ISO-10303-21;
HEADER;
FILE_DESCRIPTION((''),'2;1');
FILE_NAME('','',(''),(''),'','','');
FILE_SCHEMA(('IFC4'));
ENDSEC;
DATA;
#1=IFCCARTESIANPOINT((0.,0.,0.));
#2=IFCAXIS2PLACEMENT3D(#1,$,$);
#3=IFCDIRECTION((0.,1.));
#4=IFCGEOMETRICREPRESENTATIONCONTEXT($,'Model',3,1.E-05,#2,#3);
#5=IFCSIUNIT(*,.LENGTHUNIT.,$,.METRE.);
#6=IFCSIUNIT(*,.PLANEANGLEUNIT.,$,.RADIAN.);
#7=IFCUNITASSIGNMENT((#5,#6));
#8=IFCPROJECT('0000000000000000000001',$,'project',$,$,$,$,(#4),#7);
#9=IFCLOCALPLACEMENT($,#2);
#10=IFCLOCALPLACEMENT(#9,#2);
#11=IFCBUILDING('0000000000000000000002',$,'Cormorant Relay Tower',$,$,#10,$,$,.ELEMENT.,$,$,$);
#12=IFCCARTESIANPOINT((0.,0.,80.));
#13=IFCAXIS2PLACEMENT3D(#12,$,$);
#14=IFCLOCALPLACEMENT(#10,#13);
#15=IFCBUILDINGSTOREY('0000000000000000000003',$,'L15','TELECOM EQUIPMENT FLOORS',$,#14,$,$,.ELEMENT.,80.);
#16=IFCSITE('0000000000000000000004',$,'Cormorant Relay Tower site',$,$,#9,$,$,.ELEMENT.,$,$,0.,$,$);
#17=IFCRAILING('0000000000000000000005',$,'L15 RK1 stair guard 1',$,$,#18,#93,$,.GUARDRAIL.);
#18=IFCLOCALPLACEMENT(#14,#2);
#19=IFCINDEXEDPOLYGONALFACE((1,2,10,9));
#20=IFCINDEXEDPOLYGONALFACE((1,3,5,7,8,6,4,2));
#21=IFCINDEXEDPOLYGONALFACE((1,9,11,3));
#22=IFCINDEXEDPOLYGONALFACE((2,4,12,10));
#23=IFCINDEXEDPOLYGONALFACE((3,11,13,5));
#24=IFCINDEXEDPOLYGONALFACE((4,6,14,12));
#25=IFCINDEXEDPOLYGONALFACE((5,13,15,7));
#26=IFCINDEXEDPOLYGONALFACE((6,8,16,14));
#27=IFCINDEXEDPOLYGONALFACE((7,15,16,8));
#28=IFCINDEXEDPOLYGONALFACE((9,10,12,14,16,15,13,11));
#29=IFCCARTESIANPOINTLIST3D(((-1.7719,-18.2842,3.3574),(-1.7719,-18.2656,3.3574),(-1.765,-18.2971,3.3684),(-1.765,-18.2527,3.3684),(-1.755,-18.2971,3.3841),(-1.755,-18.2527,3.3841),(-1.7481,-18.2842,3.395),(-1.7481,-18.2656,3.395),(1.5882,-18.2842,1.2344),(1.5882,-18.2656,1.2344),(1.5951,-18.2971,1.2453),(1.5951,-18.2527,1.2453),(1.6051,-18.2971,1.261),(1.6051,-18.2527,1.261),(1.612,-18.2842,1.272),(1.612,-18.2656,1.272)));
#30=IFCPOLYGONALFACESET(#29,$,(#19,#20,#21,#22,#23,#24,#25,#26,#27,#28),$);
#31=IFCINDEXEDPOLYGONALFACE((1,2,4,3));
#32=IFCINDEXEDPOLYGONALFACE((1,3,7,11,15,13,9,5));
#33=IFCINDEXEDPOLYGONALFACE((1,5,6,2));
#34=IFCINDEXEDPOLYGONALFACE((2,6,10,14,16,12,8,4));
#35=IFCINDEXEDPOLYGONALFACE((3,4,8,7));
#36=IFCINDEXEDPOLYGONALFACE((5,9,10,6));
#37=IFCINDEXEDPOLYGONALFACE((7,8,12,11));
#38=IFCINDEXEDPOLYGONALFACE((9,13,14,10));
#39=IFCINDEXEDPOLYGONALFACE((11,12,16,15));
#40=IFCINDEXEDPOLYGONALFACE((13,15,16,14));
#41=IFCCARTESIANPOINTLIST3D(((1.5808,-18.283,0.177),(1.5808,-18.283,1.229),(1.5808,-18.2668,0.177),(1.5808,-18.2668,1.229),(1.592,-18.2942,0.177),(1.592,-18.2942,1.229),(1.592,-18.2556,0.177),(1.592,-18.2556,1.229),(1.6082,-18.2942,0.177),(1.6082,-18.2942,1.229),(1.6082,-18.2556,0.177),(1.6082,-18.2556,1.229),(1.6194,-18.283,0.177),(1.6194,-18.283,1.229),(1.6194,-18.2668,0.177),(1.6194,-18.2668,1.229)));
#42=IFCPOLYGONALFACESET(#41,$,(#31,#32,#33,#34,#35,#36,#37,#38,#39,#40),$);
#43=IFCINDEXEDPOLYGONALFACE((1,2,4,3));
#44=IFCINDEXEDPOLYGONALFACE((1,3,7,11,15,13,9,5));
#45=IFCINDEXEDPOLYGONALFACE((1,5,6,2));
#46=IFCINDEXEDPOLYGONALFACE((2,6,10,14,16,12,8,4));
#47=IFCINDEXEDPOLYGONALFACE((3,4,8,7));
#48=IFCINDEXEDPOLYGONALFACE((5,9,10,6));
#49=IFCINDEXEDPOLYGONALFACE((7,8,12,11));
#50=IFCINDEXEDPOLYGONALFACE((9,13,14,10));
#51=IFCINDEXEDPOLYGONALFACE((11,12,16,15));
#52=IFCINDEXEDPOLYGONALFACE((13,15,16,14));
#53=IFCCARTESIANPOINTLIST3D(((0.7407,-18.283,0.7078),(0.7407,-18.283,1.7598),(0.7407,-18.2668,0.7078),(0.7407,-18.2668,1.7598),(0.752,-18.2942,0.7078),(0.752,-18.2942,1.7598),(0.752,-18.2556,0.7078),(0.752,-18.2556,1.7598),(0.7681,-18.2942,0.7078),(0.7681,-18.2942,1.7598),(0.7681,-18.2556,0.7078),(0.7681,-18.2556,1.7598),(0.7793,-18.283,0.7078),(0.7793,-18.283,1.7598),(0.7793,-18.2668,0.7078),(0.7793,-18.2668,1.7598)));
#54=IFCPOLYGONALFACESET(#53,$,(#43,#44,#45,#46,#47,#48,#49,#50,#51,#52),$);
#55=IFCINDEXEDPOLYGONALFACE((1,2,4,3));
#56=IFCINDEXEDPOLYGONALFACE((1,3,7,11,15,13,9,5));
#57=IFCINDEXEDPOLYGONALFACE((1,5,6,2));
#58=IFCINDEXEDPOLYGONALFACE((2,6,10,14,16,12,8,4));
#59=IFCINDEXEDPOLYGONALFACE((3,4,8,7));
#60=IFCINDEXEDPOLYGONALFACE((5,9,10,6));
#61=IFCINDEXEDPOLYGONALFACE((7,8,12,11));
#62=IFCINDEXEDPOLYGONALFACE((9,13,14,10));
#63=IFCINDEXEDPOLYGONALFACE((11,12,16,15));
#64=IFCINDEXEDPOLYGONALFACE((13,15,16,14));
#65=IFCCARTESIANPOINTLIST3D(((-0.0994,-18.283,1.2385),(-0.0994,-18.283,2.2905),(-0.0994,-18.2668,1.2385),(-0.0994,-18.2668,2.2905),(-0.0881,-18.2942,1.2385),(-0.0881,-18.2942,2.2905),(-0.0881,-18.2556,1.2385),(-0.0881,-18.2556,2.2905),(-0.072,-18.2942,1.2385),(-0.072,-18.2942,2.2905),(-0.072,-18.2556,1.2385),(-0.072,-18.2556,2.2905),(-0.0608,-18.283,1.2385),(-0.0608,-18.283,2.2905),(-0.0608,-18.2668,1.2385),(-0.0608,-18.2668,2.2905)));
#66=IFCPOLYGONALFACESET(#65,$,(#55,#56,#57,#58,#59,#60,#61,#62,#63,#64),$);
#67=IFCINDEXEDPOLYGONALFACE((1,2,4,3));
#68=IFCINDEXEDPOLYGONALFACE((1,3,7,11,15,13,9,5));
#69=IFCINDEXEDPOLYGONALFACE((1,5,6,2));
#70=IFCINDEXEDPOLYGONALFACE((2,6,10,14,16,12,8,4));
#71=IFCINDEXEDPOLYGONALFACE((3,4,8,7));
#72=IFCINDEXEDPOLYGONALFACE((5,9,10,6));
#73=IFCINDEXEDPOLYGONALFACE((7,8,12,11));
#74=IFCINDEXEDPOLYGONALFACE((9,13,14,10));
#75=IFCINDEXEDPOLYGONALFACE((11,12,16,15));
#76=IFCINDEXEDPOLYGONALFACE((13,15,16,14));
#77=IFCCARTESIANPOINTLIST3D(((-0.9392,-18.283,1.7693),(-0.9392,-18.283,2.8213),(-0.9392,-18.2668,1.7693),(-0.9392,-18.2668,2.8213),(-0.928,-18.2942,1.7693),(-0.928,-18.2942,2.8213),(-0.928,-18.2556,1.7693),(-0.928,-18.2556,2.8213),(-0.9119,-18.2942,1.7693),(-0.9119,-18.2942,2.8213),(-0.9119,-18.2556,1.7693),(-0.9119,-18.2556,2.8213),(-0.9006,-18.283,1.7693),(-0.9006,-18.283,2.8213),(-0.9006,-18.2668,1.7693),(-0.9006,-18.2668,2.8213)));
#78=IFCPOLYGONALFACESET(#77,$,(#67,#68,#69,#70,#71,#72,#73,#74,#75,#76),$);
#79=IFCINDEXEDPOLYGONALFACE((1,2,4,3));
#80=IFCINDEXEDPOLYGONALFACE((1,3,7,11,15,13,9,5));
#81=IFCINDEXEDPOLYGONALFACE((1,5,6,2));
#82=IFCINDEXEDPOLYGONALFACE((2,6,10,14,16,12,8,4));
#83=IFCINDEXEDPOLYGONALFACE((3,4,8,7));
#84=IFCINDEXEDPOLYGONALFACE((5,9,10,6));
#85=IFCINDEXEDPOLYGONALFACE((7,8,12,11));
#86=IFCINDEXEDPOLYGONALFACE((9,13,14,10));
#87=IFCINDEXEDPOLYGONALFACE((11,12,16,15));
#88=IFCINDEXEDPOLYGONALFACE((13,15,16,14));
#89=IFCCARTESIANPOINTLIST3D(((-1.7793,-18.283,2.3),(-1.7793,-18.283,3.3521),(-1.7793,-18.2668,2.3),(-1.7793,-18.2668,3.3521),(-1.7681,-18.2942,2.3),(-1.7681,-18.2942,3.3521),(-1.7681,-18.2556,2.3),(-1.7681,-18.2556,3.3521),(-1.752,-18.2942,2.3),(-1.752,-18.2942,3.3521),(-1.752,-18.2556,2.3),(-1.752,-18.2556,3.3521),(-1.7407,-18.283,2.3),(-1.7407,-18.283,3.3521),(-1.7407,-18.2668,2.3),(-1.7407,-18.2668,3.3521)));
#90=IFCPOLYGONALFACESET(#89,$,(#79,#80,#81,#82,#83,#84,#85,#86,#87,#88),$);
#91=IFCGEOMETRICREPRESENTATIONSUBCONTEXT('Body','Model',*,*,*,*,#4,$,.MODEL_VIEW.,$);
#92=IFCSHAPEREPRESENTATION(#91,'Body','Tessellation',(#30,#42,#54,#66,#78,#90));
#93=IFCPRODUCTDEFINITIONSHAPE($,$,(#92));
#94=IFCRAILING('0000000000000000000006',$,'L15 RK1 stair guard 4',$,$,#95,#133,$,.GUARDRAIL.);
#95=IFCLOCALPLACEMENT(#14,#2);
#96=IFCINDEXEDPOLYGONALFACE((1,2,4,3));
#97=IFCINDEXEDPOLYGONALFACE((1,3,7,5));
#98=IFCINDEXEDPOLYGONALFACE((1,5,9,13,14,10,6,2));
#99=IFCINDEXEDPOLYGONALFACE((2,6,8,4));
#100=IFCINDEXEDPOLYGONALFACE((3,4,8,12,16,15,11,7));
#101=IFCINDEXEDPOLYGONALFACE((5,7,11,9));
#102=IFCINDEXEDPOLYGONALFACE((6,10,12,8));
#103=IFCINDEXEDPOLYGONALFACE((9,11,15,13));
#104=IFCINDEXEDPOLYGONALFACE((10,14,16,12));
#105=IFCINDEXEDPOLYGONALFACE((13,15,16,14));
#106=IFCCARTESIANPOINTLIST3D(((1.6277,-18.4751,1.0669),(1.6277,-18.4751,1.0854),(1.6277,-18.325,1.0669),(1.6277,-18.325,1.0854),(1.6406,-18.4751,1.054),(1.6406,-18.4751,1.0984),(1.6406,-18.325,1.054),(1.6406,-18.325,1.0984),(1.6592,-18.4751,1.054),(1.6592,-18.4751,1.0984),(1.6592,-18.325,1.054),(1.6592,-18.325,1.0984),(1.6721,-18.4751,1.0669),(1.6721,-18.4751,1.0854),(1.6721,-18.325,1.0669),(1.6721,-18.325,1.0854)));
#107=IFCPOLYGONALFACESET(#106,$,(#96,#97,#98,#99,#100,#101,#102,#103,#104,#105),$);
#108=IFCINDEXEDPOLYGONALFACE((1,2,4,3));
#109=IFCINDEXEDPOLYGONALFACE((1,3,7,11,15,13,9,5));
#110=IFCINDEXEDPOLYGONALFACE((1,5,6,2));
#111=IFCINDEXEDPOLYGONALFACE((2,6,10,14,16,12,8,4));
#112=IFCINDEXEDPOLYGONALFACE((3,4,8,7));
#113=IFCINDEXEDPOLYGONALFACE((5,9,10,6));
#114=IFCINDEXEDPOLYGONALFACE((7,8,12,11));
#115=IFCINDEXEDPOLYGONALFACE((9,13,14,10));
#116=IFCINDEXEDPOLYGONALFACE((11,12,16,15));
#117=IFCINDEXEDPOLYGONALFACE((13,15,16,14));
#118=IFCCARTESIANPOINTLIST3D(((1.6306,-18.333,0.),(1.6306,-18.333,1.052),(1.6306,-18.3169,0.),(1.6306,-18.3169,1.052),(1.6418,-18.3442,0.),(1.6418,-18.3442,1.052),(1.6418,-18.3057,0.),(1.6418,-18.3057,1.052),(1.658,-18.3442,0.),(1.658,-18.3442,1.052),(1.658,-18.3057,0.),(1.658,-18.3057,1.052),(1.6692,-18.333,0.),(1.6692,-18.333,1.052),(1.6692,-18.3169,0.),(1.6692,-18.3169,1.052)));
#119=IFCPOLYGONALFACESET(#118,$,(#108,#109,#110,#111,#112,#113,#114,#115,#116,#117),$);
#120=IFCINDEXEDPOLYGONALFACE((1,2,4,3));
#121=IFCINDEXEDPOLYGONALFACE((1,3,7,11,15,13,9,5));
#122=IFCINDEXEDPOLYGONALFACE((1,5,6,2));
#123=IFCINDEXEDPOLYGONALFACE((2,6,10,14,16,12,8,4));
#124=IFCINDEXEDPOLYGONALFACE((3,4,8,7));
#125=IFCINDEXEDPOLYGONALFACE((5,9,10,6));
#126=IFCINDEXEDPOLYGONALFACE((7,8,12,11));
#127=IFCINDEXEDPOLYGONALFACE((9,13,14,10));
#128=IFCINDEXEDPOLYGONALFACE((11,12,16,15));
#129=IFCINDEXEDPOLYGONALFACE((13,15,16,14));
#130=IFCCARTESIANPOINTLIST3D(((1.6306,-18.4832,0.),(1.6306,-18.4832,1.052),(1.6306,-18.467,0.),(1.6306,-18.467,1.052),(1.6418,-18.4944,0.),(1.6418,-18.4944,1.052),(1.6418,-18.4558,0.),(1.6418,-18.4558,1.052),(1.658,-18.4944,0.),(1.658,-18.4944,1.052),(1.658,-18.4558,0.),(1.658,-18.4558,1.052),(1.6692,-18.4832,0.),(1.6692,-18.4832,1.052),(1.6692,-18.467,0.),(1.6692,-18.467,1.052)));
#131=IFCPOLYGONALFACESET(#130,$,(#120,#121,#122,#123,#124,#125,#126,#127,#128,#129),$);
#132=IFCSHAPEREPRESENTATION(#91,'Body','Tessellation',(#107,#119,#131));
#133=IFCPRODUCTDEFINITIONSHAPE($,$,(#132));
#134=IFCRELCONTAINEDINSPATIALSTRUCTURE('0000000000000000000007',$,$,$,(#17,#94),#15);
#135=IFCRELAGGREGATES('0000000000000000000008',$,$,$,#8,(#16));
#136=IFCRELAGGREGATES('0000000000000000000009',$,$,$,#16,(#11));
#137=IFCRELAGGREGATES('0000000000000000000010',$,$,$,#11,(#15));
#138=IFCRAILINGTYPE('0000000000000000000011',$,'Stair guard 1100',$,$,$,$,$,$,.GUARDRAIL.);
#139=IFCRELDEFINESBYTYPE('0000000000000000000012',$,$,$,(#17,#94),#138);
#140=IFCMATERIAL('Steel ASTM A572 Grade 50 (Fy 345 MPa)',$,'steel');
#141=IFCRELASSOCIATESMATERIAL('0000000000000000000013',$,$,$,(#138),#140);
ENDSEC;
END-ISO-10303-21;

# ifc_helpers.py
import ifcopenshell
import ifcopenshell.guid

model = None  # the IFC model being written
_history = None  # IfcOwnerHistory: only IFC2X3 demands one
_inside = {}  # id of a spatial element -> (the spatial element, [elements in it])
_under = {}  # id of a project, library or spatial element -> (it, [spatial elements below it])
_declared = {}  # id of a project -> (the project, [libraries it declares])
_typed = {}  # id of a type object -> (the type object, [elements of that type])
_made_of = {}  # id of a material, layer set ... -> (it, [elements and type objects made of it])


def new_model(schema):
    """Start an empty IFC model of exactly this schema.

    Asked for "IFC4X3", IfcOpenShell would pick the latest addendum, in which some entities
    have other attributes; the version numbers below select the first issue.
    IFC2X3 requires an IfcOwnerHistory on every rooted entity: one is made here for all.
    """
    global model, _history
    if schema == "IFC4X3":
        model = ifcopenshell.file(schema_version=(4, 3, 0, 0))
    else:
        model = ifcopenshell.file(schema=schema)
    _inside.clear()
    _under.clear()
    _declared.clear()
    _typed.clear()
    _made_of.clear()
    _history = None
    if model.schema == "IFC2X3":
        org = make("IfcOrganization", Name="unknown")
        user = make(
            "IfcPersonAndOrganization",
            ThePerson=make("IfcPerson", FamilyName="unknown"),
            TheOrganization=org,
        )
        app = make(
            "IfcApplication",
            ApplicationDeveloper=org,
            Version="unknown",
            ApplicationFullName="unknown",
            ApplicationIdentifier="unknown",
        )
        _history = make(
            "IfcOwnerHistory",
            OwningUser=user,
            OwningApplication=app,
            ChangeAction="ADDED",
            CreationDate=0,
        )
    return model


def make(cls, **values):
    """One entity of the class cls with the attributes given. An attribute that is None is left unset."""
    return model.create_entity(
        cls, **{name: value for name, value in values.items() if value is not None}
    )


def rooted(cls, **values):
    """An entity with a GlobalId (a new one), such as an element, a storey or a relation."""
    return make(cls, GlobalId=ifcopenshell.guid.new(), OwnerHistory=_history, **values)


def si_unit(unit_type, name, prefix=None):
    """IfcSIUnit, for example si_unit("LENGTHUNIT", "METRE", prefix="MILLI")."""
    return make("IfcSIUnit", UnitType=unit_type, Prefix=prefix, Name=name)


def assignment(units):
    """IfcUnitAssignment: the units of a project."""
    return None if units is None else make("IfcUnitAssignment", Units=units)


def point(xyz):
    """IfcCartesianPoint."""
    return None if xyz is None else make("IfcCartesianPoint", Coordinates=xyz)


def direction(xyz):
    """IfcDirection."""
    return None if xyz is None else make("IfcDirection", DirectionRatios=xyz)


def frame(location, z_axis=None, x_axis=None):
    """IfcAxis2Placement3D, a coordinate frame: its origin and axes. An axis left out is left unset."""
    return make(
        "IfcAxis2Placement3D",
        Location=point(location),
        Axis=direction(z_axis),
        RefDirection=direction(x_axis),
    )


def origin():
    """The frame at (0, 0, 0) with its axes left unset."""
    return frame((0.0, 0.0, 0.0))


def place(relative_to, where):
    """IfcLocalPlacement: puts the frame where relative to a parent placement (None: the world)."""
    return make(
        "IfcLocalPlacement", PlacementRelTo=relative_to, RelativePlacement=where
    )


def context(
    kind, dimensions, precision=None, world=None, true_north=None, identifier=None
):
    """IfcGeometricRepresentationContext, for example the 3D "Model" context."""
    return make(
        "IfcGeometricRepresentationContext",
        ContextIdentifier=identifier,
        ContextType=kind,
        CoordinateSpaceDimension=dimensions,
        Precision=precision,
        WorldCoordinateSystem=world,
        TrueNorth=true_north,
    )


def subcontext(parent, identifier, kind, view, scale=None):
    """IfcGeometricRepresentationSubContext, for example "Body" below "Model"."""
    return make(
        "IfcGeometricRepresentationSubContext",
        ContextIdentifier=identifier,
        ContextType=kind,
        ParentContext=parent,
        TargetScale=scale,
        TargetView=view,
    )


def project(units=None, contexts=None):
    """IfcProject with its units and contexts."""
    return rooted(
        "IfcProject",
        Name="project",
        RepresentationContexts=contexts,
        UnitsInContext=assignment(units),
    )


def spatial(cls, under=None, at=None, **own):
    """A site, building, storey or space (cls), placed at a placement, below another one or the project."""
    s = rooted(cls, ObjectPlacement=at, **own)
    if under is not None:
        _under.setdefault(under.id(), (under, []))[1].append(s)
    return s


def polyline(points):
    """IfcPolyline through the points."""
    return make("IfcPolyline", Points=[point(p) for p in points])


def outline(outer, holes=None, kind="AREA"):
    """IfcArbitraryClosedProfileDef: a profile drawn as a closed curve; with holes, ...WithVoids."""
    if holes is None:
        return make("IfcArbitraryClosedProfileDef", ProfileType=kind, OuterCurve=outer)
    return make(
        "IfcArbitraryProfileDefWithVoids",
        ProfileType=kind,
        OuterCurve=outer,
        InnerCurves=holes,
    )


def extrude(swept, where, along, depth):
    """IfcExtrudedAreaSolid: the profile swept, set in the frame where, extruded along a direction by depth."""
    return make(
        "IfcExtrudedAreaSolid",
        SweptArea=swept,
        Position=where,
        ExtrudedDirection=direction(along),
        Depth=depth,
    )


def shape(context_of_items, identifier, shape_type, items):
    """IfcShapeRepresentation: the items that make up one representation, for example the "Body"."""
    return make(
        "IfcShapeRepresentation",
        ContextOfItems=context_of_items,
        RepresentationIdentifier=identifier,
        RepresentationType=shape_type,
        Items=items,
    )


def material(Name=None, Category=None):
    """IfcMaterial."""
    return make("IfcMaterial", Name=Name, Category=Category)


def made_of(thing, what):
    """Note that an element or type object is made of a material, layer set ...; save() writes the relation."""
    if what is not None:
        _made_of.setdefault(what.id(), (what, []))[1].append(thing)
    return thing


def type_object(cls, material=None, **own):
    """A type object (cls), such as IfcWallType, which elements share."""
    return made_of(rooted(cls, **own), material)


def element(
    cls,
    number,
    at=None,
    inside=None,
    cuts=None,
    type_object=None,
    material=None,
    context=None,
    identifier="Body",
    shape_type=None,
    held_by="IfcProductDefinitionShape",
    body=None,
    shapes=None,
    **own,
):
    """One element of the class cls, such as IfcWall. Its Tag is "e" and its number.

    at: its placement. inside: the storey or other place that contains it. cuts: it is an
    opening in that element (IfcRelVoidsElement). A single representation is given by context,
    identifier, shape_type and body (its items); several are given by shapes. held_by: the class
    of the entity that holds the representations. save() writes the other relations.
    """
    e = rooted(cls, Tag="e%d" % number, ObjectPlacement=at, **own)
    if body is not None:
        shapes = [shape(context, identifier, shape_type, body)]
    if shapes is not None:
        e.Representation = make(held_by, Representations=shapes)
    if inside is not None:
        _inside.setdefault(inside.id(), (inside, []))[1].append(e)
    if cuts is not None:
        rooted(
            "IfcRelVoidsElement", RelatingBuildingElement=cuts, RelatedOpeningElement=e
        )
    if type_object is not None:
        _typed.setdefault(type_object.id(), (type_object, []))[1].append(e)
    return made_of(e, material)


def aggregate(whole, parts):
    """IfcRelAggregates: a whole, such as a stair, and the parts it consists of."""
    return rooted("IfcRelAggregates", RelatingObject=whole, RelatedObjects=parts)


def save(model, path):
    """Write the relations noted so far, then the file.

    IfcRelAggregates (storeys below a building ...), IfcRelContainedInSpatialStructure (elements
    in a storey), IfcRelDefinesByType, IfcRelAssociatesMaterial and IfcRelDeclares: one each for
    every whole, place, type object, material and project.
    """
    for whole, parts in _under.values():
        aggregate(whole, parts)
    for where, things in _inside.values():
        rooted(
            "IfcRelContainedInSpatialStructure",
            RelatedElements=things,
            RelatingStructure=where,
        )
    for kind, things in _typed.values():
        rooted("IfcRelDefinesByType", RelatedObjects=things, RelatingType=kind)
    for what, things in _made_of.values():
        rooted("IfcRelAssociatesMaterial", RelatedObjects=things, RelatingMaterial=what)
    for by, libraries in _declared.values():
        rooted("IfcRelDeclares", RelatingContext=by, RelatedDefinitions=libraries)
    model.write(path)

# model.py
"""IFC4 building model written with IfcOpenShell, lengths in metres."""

from ifc_helpers import new_model, si_unit, direction, frame, origin, place, context, subcontext, project, spatial, polyline, outline, extrude, material, type_object, element, save


model = new_model("IFC4")

# Units and contexts
model_context = context("Model", 3, precision=1e-05, world=origin(), true_north=direction((0.0, 1.0)))
body_context = subcontext(model_context, "Body", "Model", "MODEL_VIEW")
ifc_project = project(units=[si_unit("LENGTHUNIT", "METRE"), si_unit("PLANEANGLEUNIT", "RADIAN")], contexts=[model_context])

# Site, building, storey
site_placement = place(None, origin())
site = spatial("IfcSite", under=ifc_project, at=site_placement, Name="Cormorant Relay Tower site", CompositionType="ELEMENT", RefElevation=0.0)
building_placement = place(site_placement, origin())
building = spatial("IfcBuilding", under=site, at=building_placement, Name="Cormorant Relay Tower", CompositionType="ELEMENT")
storey_placement = place(building_placement, frame((0.0, 0.0, 80.0)))
storey = spatial("IfcBuildingStorey", under=building, at=storey_placement, Name="L15", Description="TELECOM EQUIPMENT FLOORS", CompositionType="ELEMENT", Elevation=80.0)

# Railings
ifc_material_1 = material(Name="Steel ASTM A572 Grade 50 (Fy 345 MPa)", Category="steel")
railing_type_1 = type_object("IfcRailingType", Name="Stair guard 1100", PredefinedType="GUARDRAIL", material=ifc_material_1)
railing_1_placement = place(storey_placement, frame((1.6001, -18.2749, 0.177)))
element("IfcRailing", 1, at=railing_1_placement, inside=storey, type_object=railing_type_1, Name="L15 RK1 stair guard 1", PredefinedType="GUARDRAIL", context=body_context, shape_type="SweptSolid", body=[
    extrude(outline(polyline([(0.0222, 0.0093), (0.0093, 0.0222), (-0.0093, 0.0222), (-0.0222, 0.0093), (-0.0222, -0.0093), (-0.0093, -0.0222), (0.0093, -0.0222), (0.0222, -0.0093), (0.0222, 0.0093)])), frame((0.0, 0.0, 1.0762), z_axis=(-0.84539, 0.0, 0.53415), x_axis=(0.0, -1.0, 0.0)), (0.0, 0.0, 1.0), 3.9746),
    extrude(outline(polyline([(0.0193, 0.0081), (0.0081, 0.0193), (-0.0081, 0.0193), (-0.0193, 0.0081), (-0.0193, -0.0081), (-0.0081, -0.0193), (0.0081, -0.0193), (0.0193, -0.0081), (0.0193, 0.0081)])), origin(), (0.0, 0.0, 1.0), 1.052),
    extrude(outline(polyline([(0.0193, 0.0081), (0.0081, 0.0193), (-0.0081, 0.0193), (-0.0193, 0.0081), (-0.0193, -0.0081), (-0.0081, -0.0193), (0.0081, -0.0193), (0.0193, -0.0081), (0.0193, 0.0081)])), frame((-0.8401, 0.0, 0.5308)), (0.0, 0.0, 1.0), 1.052),
    extrude(outline(polyline([(0.0193, 0.0081), (0.0081, 0.0193), (-0.0081, 0.0193), (-0.0193, 0.0081), (-0.0193, -0.0081), (-0.0081, -0.0193), (0.0081, -0.0193), (0.0193, -0.0081), (0.0193, 0.0081)])), frame((-1.6802, 0.0, 1.0615)), (0.0, 0.0, 1.0), 1.052),
    extrude(outline(polyline([(0.0193, 0.0081), (0.0081, 0.0193), (-0.0081, 0.0193), (-0.0193, 0.0081), (-0.0193, -0.0081), (-0.0081, -0.0193), (0.0081, -0.0193), (0.0193, -0.0081), (0.0193, 0.0081)])), frame((-2.52, 0.0, 1.5923)), (0.0, 0.0, 1.0), 1.052),
    extrude(outline(polyline([(0.0193, 0.0081), (0.0081, 0.0193), (-0.0081, 0.0193), (-0.0193, 0.0081), (-0.0193, -0.0081), (-0.0081, -0.0193), (0.0081, -0.0193), (0.0193, -0.0081), (0.0193, 0.0081)])), frame((-3.3601, 0.0, 2.123)), (0.0, 0.0, 1.0), 1.052),
])
railing_2_placement = place(storey_placement, frame((1.6499, -18.325, 0.0)))
element("IfcRailing", 2, at=railing_2_placement, inside=storey, type_object=railing_type_1, Name="L15 RK1 stair guard 4", PredefinedType="GUARDRAIL", context=body_context, shape_type="SweptSolid", body=[
    extrude(outline(polyline([(0.0222, 0.0093), (0.0093, 0.0222), (-0.0093, 0.0222), (-0.0222, 0.0093), (-0.0222, -0.0093), (-0.0093, -0.0222), (0.0093, -0.0222), (0.0222, -0.0093), (0.0222, 0.0093)])), frame((0.0, 0.0, 1.0762), z_axis=(0.0, -1.0, 0.0), x_axis=(1.0, 0.0, 0.0)), (0.0, 0.0, 1.0), 0.1501),
    extrude(outline(polyline([(0.0193, 0.0081), (0.0081, 0.0193), (-0.0081, 0.0193), (-0.0193, 0.0081), (-0.0193, -0.0081), (-0.0081, -0.0193), (0.0081, -0.0193), (0.0193, -0.0081), (0.0193, 0.0081)])), origin(), (0.0, 0.0, 1.0), 1.052),
    extrude(outline(polyline([(0.0193, 0.0081), (0.0081, 0.0193), (-0.0081, 0.0193), (-0.0193, 0.0081), (-0.0193, -0.0081), (-0.0081, -0.0193), (0.0081, -0.0193), (0.0193, -0.0081), (0.0193, 0.0081)])), frame((0.0, -0.1501, 0.0)), (0.0, 0.0, 1.0), 1.052),
])

save(model, "model.ifc")
